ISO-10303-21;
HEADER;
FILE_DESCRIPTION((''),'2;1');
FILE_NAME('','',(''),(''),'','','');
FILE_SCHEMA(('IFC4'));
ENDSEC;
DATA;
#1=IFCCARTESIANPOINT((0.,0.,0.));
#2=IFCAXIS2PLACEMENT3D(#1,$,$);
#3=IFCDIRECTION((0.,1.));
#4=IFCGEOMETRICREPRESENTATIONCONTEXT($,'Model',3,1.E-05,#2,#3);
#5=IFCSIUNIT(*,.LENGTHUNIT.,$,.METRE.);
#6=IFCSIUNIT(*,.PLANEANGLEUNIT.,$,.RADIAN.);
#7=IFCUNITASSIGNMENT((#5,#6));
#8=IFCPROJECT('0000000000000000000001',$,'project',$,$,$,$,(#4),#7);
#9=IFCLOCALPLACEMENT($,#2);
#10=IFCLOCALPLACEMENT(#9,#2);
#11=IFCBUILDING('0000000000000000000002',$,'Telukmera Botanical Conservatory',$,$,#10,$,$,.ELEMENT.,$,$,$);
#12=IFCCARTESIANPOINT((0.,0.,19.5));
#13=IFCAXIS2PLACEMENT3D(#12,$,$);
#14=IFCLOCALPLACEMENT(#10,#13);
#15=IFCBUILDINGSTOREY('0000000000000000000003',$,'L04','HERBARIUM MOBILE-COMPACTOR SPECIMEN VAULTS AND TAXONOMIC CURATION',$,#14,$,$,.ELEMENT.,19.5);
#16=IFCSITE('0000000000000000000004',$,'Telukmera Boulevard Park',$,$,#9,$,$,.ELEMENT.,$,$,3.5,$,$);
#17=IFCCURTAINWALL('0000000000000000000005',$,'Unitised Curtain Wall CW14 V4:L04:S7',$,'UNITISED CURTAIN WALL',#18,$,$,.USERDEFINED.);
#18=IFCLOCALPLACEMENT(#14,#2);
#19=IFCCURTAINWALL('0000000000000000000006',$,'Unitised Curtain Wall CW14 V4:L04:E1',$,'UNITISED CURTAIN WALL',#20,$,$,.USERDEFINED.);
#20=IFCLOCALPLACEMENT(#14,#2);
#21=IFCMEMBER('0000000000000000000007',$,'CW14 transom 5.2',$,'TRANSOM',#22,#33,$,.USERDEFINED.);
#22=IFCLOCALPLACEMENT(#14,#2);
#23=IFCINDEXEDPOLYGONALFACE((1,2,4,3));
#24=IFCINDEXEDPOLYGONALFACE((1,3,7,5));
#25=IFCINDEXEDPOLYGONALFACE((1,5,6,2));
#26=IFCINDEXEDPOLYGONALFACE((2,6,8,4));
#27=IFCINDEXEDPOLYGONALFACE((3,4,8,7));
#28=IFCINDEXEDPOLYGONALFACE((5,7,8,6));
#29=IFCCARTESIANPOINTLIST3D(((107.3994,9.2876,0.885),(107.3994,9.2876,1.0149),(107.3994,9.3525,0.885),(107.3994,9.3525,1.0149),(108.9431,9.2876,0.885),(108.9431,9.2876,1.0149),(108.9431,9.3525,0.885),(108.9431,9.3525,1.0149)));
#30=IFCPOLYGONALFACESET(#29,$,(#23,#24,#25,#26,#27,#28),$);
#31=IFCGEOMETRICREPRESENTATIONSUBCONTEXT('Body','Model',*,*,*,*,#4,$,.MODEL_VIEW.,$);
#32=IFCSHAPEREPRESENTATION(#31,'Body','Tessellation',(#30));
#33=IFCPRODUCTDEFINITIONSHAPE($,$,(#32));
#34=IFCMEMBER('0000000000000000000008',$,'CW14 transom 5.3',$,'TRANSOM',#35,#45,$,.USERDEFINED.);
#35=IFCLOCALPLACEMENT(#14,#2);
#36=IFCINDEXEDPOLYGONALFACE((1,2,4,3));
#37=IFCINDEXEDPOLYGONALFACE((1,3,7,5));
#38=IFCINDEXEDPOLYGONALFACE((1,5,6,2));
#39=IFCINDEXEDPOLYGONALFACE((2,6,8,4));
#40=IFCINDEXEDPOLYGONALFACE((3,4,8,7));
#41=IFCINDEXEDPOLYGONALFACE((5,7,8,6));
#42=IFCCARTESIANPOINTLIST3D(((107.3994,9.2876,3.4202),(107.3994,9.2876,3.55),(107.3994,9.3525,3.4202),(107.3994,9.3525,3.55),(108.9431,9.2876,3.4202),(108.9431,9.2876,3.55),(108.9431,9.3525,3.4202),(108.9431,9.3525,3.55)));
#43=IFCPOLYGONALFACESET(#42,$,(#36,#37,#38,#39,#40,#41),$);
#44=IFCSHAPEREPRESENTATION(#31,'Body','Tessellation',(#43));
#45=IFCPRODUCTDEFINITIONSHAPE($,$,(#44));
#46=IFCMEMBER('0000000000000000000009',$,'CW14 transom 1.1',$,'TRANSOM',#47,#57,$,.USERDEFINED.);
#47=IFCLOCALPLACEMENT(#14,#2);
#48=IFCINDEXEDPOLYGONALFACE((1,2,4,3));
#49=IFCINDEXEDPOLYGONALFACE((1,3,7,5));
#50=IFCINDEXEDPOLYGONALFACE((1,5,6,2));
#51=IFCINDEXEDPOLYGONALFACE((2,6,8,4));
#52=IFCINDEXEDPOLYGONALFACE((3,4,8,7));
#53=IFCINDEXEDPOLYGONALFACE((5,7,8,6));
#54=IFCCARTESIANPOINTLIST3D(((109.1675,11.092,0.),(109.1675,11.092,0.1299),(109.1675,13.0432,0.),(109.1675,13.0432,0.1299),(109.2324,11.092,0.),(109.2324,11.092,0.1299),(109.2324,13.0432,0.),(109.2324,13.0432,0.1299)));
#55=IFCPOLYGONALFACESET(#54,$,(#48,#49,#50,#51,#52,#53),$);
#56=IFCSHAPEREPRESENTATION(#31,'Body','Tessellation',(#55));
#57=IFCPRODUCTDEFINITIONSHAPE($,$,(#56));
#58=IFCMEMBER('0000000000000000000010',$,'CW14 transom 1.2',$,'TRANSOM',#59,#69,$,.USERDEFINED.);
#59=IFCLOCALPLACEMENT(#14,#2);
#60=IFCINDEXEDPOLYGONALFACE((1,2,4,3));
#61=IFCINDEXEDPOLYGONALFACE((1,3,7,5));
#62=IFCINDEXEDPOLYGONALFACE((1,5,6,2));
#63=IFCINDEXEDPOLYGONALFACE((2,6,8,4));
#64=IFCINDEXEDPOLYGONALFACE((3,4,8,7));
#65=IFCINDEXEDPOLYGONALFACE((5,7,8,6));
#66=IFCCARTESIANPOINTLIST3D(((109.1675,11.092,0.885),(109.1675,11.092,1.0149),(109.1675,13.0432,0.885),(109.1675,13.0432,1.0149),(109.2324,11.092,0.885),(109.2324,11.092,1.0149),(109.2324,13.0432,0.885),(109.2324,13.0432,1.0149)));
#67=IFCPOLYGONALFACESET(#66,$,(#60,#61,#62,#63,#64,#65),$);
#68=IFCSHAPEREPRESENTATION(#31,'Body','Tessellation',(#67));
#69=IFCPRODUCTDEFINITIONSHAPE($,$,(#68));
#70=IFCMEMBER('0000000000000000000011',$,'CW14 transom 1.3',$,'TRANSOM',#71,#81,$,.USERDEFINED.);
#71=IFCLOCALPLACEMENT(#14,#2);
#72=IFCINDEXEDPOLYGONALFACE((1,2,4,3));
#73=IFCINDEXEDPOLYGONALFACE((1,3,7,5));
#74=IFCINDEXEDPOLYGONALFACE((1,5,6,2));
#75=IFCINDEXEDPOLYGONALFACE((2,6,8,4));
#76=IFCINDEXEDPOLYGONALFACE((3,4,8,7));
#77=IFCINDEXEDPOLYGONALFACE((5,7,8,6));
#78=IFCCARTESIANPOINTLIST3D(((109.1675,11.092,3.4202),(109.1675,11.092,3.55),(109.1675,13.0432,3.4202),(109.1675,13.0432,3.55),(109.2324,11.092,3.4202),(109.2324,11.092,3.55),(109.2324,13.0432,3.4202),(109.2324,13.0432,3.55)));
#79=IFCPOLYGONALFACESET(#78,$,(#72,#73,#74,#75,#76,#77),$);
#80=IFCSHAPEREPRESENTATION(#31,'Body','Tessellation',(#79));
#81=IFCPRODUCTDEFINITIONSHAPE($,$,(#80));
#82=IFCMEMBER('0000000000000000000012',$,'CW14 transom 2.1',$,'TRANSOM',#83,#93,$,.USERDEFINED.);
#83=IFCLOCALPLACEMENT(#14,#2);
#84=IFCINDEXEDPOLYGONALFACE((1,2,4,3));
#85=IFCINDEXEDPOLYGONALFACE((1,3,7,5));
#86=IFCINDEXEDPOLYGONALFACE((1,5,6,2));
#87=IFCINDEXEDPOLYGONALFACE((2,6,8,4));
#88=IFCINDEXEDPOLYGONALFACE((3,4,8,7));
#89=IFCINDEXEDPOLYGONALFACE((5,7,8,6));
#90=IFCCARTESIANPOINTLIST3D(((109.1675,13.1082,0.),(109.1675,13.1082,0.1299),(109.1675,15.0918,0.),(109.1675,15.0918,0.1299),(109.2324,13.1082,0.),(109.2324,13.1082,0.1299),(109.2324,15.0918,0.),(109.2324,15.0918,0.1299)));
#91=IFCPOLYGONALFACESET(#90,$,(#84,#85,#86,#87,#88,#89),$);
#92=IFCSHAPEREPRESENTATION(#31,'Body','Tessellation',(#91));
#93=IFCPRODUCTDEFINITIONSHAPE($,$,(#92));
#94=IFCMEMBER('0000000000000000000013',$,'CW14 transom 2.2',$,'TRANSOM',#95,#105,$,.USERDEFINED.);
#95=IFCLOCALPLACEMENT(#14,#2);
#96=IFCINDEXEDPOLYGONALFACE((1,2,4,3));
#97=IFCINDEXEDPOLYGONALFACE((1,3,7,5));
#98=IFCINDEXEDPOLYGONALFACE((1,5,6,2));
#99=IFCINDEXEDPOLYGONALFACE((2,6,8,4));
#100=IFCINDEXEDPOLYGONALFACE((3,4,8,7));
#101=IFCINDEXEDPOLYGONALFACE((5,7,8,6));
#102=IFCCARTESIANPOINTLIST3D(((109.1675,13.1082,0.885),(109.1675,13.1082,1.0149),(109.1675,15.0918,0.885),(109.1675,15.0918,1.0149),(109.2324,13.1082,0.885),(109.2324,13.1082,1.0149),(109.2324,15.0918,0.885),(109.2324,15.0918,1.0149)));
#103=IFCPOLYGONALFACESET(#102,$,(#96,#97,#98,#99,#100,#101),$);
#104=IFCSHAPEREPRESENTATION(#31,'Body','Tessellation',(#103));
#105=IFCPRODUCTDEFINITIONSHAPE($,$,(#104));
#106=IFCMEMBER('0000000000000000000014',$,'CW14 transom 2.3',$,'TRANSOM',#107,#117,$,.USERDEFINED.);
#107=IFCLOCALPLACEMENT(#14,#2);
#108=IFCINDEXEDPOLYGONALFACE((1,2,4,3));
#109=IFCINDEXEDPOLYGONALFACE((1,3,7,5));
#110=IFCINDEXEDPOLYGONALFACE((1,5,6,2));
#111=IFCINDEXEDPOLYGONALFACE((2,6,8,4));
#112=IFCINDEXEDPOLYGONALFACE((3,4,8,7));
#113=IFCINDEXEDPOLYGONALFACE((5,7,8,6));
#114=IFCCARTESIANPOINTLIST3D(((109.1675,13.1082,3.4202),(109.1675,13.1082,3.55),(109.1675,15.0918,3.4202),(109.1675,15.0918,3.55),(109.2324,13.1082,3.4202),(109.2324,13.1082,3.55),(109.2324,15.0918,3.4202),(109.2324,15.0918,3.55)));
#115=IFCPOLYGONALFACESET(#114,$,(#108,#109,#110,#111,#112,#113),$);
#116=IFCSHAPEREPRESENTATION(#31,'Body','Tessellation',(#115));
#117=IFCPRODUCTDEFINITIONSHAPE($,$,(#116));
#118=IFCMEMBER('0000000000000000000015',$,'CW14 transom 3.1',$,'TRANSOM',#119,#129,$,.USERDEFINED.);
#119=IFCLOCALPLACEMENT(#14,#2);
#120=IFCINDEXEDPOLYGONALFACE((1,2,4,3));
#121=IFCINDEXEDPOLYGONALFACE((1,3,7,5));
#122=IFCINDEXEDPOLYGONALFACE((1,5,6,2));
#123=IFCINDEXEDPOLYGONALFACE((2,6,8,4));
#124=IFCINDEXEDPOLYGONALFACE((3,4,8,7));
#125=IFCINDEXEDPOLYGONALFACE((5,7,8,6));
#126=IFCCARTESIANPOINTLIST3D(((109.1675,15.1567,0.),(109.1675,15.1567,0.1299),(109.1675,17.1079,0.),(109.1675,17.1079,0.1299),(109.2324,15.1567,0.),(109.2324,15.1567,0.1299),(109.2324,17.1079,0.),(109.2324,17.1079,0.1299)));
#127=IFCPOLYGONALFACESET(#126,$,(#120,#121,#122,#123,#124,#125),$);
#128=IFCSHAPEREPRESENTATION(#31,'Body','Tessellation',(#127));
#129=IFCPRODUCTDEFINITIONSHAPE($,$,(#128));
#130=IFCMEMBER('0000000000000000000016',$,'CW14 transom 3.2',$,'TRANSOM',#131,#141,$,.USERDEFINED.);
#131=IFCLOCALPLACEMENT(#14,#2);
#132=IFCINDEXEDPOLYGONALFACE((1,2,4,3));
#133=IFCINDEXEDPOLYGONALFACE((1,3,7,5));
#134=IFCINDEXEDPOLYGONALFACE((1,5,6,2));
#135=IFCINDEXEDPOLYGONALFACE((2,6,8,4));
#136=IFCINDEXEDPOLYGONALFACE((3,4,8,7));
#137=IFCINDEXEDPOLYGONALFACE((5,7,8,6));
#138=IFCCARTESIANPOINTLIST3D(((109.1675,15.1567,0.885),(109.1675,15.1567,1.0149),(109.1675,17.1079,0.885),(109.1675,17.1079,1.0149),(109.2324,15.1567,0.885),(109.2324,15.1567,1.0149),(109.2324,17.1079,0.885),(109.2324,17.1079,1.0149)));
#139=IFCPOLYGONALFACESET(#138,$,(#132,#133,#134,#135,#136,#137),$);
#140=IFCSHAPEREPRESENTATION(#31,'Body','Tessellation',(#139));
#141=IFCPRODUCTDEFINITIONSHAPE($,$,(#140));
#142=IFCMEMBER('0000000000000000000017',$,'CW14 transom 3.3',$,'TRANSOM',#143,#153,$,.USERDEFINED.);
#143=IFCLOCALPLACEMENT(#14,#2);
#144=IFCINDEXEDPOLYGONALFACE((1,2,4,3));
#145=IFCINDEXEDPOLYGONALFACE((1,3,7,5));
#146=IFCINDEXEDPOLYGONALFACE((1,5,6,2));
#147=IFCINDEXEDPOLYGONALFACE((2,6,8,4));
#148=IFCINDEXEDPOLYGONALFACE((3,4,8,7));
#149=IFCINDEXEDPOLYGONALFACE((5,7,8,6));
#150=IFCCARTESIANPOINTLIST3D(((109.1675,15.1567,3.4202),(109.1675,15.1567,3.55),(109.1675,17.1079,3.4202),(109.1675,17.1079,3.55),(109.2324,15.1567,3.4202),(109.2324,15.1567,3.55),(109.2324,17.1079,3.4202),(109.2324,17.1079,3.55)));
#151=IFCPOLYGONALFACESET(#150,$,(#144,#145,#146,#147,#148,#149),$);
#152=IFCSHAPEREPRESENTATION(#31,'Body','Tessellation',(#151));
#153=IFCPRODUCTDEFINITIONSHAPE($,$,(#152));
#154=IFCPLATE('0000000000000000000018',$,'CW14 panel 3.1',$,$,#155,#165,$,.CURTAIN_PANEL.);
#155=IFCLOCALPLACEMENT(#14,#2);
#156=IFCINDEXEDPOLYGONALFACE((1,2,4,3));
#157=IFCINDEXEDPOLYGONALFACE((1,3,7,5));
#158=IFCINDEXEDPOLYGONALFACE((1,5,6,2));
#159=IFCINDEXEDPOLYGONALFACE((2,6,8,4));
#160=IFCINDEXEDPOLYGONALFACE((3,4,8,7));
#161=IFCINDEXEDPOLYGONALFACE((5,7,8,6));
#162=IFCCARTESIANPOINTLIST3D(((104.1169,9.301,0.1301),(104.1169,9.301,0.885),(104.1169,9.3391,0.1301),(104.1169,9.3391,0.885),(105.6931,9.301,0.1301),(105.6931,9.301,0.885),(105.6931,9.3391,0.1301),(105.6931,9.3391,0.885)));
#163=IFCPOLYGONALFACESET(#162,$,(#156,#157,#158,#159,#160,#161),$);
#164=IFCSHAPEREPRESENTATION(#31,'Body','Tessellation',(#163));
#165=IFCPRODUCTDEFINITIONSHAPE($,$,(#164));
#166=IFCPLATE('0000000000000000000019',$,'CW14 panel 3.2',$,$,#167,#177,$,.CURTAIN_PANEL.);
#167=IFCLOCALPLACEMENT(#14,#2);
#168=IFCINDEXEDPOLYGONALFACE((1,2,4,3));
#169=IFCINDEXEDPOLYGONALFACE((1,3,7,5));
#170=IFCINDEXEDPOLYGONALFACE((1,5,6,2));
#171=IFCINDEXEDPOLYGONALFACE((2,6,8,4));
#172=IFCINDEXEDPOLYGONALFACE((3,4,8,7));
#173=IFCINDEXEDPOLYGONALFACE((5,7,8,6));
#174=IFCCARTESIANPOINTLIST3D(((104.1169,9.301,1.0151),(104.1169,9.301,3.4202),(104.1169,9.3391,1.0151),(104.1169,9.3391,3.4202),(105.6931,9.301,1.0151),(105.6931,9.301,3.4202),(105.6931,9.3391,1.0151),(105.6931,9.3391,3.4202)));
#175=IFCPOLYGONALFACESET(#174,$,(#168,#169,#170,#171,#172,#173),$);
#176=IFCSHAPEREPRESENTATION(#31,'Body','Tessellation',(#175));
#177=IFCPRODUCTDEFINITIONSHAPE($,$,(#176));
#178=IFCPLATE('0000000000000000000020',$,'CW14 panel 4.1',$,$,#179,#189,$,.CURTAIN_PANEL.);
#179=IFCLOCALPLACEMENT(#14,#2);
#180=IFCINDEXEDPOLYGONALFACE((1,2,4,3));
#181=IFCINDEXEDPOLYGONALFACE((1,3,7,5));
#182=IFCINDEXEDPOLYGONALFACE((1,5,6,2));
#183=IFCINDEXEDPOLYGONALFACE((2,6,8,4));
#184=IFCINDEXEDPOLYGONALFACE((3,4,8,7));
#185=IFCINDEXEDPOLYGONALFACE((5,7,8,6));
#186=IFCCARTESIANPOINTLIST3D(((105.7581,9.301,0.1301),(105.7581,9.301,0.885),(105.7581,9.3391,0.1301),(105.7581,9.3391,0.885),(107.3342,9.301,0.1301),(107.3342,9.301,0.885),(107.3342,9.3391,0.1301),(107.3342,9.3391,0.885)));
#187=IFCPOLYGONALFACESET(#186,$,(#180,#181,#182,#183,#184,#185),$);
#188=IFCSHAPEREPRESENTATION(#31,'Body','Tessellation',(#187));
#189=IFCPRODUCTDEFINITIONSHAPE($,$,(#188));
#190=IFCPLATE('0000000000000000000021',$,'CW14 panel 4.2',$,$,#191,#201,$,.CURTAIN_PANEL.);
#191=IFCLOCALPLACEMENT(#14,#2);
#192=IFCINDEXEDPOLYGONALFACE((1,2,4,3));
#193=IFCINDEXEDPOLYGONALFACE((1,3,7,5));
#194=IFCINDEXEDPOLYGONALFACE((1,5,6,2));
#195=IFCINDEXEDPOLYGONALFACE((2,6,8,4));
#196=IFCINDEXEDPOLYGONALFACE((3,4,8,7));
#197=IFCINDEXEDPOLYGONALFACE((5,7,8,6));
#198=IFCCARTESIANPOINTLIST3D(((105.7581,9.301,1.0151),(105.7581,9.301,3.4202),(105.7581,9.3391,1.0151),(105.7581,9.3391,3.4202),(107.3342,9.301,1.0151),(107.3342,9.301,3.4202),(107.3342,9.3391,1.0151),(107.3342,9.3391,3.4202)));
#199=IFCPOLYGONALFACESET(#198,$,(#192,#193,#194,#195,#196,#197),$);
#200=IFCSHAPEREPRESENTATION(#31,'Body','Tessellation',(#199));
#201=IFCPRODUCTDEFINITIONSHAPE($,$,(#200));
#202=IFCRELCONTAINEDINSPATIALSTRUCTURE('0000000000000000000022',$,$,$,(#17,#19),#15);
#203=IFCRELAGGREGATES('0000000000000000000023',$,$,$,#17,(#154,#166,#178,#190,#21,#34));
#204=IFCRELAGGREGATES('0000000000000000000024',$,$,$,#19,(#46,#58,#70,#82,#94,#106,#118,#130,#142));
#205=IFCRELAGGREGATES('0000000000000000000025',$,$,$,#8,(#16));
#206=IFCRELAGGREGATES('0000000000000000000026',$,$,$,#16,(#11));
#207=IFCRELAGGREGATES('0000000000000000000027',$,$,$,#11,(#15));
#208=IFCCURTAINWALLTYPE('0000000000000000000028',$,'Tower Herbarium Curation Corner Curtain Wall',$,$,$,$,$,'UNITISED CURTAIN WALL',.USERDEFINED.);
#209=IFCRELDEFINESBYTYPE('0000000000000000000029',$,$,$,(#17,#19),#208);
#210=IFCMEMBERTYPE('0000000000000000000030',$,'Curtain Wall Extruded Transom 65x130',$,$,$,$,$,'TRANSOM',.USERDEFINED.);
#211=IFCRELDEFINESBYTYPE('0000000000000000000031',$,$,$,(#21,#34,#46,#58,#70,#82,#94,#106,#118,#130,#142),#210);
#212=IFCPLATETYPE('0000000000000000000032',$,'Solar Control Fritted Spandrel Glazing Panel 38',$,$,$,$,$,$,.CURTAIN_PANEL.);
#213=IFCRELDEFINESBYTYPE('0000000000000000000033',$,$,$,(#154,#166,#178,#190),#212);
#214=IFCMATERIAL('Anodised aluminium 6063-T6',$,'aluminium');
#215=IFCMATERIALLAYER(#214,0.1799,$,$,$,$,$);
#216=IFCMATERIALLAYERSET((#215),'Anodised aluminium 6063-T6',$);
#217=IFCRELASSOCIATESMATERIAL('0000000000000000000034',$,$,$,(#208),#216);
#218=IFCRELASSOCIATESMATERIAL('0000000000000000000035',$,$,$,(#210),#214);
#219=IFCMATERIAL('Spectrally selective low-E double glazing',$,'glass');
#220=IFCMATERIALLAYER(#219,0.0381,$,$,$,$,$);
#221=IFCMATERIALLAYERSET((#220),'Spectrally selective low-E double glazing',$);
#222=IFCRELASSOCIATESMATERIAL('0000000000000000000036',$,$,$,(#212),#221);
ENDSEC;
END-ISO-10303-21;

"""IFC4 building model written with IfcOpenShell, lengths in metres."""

from ifc_helpers import new_model, si_unit, direction, frame, origin, origin_2d, place, context, subcontext, project, spatial, rectangle, extrude, material, layer, layer_set, material_profile, profile_set, type_object, element, aggregate, save


model = new_model("IFC4")

# Units and contexts
model_context = context("Model", 3, precision=1e-05, world=origin(), true_north=direction((0.0, 1.0)))
body_context = subcontext(model_context, "Body", "Model", "MODEL_VIEW")
ifc_project = project(units=[si_unit("LENGTHUNIT", "METRE"), si_unit("PLANEANGLEUNIT", "RADIAN")], contexts=[model_context])

# Site, building, storey
site_placement = place(None, origin())
site = spatial("IfcSite", under=ifc_project, at=site_placement, Name="Telukmera Boulevard Park", CompositionType="ELEMENT", RefElevation=3.5)
building_placement = place(site_placement, origin())
building = spatial("IfcBuilding", under=site, at=building_placement, Name="Telukmera Botanical Conservatory", CompositionType="ELEMENT")
storey_placement = place(building_placement, frame((0.0, 0.0, 19.5)))
storey = spatial("IfcBuildingStorey", under=building, at=storey_placement, Name="L04", Description="HERBARIUM MOBILE-COMPACTOR SPECIMEN VAULTS AND TAXONOMIC CURATION", CompositionType="ELEMENT", Elevation=19.5)

# Curtain walls
ifc_material_1 = material(Name="Anodised aluminium 6063-T6", Category="aluminium")
ifc_layer_1 = layer(ifc_material_1, 0.1799)
ifc_layer_set_1 = layer_set([ifc_layer_1], Name="Anodised aluminium 6063-T6")
curtain_wall_type = type_object("IfcCurtainWallType", Name="Tower Herbarium Curation Corner Curtain Wall", ElementType="UNITISED CURTAIN WALL", PredefinedType="USERDEFINED", material=ifc_layer_set_1)
curtain_wall_1_placement = place(storey_placement, origin())
curtain_wall_1 = element("IfcCurtainWall", 1, at=curtain_wall_1_placement, inside=storey, type_object=curtain_wall_type, Name="Unitised Curtain Wall CW14 V4:L04:S7", ObjectType="UNITISED CURTAIN WALL", PredefinedType="USERDEFINED")
curtain_wall_2_placement = place(storey_placement, origin())
curtain_wall_2 = element("IfcCurtainWall", 2, at=curtain_wall_2_placement, inside=storey, type_object=curtain_wall_type, Name="Unitised Curtain Wall CW14 V4:L04:E1", ObjectType="UNITISED CURTAIN WALL", PredefinedType="USERDEFINED")

# Members
ifc_material_profile_1 = material_profile(ifc_material_1, rectangle(XDim=0.0649, YDim=0.1299, at=origin_2d()), Name="ALU TRAN 65x130")
ifc_profile_set_1 = profile_set([ifc_material_profile_1], Name="Anodised aluminium 6063-T6")
member_type_1 = type_object("IfcMemberType", Name="Curtain Wall Extruded Transom 65x130", ElementType="TRANSOM", PredefinedType="USERDEFINED", material=ifc_profile_set_1)
member_1_placement = place(storey_placement, frame((107.3994, 9.3201, 0.95), z_axis=(1.0, 0.0, 0.0), x_axis=(0.0, 1.0, 0.0)))
member_1 = element("IfcMember", 3, at=member_1_placement, type_object=member_type_1, Name="CW14 transom 5.2", ObjectType="TRANSOM", PredefinedType="USERDEFINED", context=body_context, shape_type="SweptSolid", body=[
    extrude(rectangle(XDim=0.0649, YDim=0.1299, at=origin_2d()), origin(), (0.0, 0.0, 1.0), 1.5437),
])
member_2_placement = place(storey_placement, frame((107.3994, 9.3201, 3.4851), z_axis=(1.0, 0.0, 0.0), x_axis=(0.0, 1.0, 0.0)))
member_2 = element("IfcMember", 4, at=member_2_placement, type_object=member_type_1, Name="CW14 transom 5.3", ObjectType="TRANSOM", PredefinedType="USERDEFINED", context=body_context, shape_type="SweptSolid", body=[
    extrude(rectangle(XDim=0.0649, YDim=0.1299, at=origin_2d()), origin(), (0.0, 0.0, 1.0), 1.5437),
])
member_3_placement = place(storey_placement, frame((109.2, 11.092, 0.0649), z_axis=(0.0, 1.0, 0.0), x_axis=(-1.0, 0.0, 0.0)))
member_3 = element("IfcMember", 5, at=member_3_placement, type_object=member_type_1, Name="CW14 transom 1.1", ObjectType="TRANSOM", PredefinedType="USERDEFINED", context=body_context, shape_type="SweptSolid", body=[
    extrude(rectangle(XDim=0.0649, YDim=0.1299, at=origin_2d()), origin(), (0.0, 0.0, 1.0), 1.9512),
])
member_4_placement = place(storey_placement, frame((109.2, 11.092, 0.95), z_axis=(0.0, 1.0, 0.0), x_axis=(-1.0, 0.0, 0.0)))
member_4 = element("IfcMember", 6, at=member_4_placement, type_object=member_type_1, Name="CW14 transom 1.2", ObjectType="TRANSOM", PredefinedType="USERDEFINED", context=body_context, shape_type="SweptSolid", body=[
    extrude(rectangle(XDim=0.0649, YDim=0.1299, at=origin_2d()), origin(), (0.0, 0.0, 1.0), 1.9512),
])
member_5_placement = place(storey_placement, frame((109.2, 11.092, 3.4851), z_axis=(0.0, 1.0, 0.0), x_axis=(-1.0, 0.0, 0.0)))
member_5 = element("IfcMember", 7, at=member_5_placement, type_object=member_type_1, Name="CW14 transom 1.3", ObjectType="TRANSOM", PredefinedType="USERDEFINED", context=body_context, shape_type="SweptSolid", body=[
    extrude(rectangle(XDim=0.0649, YDim=0.1299, at=origin_2d()), origin(), (0.0, 0.0, 1.0), 1.9512),
])
member_6_placement = place(storey_placement, frame((109.2, 13.1082, 0.0649), z_axis=(0.0, 1.0, 0.0), x_axis=(-1.0, 0.0, 0.0)))
member_6 = element("IfcMember", 8, at=member_6_placement, type_object=member_type_1, Name="CW14 transom 2.1", ObjectType="TRANSOM", PredefinedType="USERDEFINED", context=body_context, shape_type="SweptSolid", body=[
    extrude(rectangle(XDim=0.0649, YDim=0.1299, at=origin_2d()), origin(), (0.0, 0.0, 1.0), 1.9836),
])
member_7_placement = place(storey_placement, frame((109.2, 13.1082, 0.95), z_axis=(0.0, 1.0, 0.0), x_axis=(-1.0, 0.0, 0.0)))
member_7 = element("IfcMember", 9, at=member_7_placement, type_object=member_type_1, Name="CW14 transom 2.2", ObjectType="TRANSOM", PredefinedType="USERDEFINED", context=body_context, shape_type="SweptSolid", body=[
    extrude(rectangle(XDim=0.0649, YDim=0.1299, at=origin_2d()), origin(), (0.0, 0.0, 1.0), 1.9836),
])
member_8_placement = place(storey_placement, frame((109.2, 13.1082, 3.4851), z_axis=(0.0, 1.0, 0.0), x_axis=(-1.0, 0.0, 0.0)))
member_8 = element("IfcMember", 10, at=member_8_placement, type_object=member_type_1, Name="CW14 transom 2.3", ObjectType="TRANSOM", PredefinedType="USERDEFINED", context=body_context, shape_type="SweptSolid", body=[
    extrude(rectangle(XDim=0.0649, YDim=0.1299, at=origin_2d()), origin(), (0.0, 0.0, 1.0), 1.9836),
])
member_9_placement = place(storey_placement, frame((109.2, 15.1567, 0.0649), z_axis=(0.0, 1.0, 0.0), x_axis=(-1.0, 0.0, 0.0)))
member_9 = element("IfcMember", 11, at=member_9_placement, type_object=member_type_1, Name="CW14 transom 3.1", ObjectType="TRANSOM", PredefinedType="USERDEFINED", context=body_context, shape_type="SweptSolid", body=[
    extrude(rectangle(XDim=0.0649, YDim=0.1299, at=origin_2d()), origin(), (0.0, 0.0, 1.0), 1.9512),
])
member_10_placement = place(storey_placement, frame((109.2, 15.1567, 0.95), z_axis=(0.0, 1.0, 0.0), x_axis=(-1.0, 0.0, 0.0)))
member_10 = element("IfcMember", 12, at=member_10_placement, type_object=member_type_1, Name="CW14 transom 3.2", ObjectType="TRANSOM", PredefinedType="USERDEFINED", context=body_context, shape_type="SweptSolid", body=[
    extrude(rectangle(XDim=0.0649, YDim=0.1299, at=origin_2d()), origin(), (0.0, 0.0, 1.0), 1.9512),
])
member_11_placement = place(storey_placement, frame((109.2, 15.1567, 3.4851), z_axis=(0.0, 1.0, 0.0), x_axis=(-1.0, 0.0, 0.0)))
member_11 = element("IfcMember", 13, at=member_11_placement, type_object=member_type_1, Name="CW14 transom 3.3", ObjectType="TRANSOM", PredefinedType="USERDEFINED", context=body_context, shape_type="SweptSolid", body=[
    extrude(rectangle(XDim=0.0649, YDim=0.1299, at=origin_2d()), origin(), (0.0, 0.0, 1.0), 1.9512),
])

# Plates
ifc_material_2 = material(Name="Spectrally selective low-E double glazing", Category="glass")
ifc_layer_2 = layer(ifc_material_2, 0.0381)
ifc_layer_set_2 = layer_set([ifc_layer_2], Name="Spectrally selective low-E double glazing")
plate_type = type_object("IfcPlateType", Name="Solar Control Fritted Spandrel Glazing Panel 38", PredefinedType="CURTAIN_PANEL", material=ifc_layer_set_2)
plate_1_placement = place(storey_placement, frame((104.905, 9.3201, 0.1301), z_axis=(0.0, 0.0, 1.0), x_axis=(1.0, 0.0, 0.0)))
plate_1 = element("IfcPlate", 14, at=plate_1_placement, type_object=plate_type, Name="CW14 panel 3.1", PredefinedType="CURTAIN_PANEL", context=body_context, shape_type="SweptSolid", body=[
    extrude(rectangle(XDim=1.5762, YDim=0.0381, at=origin_2d()), origin(), (0.0, 0.0, 1.0), 0.7549),
])
plate_2_placement = place(storey_placement, frame((104.905, 9.3201, 1.0151), z_axis=(0.0, 0.0, 1.0), x_axis=(1.0, 0.0, 0.0)))
plate_2 = element("IfcPlate", 15, at=plate_2_placement, type_object=plate_type, Name="CW14 panel 3.2", PredefinedType="CURTAIN_PANEL", context=body_context, shape_type="SweptSolid", body=[
    extrude(rectangle(XDim=1.5762, YDim=0.0381, at=origin_2d()), origin(), (0.0, 0.0, 1.0), 2.405),
])
plate_3_placement = place(storey_placement, frame((106.5461, 9.3201, 0.1301), z_axis=(0.0, 0.0, 1.0), x_axis=(1.0, 0.0, 0.0)))
plate_3 = element("IfcPlate", 16, at=plate_3_placement, type_object=plate_type, Name="CW14 panel 4.1", PredefinedType="CURTAIN_PANEL", context=body_context, shape_type="SweptSolid", body=[
    extrude(rectangle(XDim=1.5762, YDim=0.0381, at=origin_2d()), origin(), (0.0, 0.0, 1.0), 0.7549),
])
plate_4_placement = place(storey_placement, frame((106.5461, 9.3201, 1.0151), z_axis=(0.0, 0.0, 1.0), x_axis=(1.0, 0.0, 0.0)))
plate_4 = element("IfcPlate", 17, at=plate_4_placement, type_object=plate_type, Name="CW14 panel 4.2", PredefinedType="CURTAIN_PANEL", context=body_context, shape_type="SweptSolid", body=[
    extrude(rectangle(XDim=1.5762, YDim=0.0381, at=origin_2d()), origin(), (0.0, 0.0, 1.0), 2.405),
])
aggregate(curtain_wall_1, [plate_1, plate_2, plate_3, plate_4, member_1, member_2])
aggregate(curtain_wall_2, [member_3, member_4, member_5, member_6, member_7, member_8, member_9, member_10, member_11])

save(model, "model.ifc")
